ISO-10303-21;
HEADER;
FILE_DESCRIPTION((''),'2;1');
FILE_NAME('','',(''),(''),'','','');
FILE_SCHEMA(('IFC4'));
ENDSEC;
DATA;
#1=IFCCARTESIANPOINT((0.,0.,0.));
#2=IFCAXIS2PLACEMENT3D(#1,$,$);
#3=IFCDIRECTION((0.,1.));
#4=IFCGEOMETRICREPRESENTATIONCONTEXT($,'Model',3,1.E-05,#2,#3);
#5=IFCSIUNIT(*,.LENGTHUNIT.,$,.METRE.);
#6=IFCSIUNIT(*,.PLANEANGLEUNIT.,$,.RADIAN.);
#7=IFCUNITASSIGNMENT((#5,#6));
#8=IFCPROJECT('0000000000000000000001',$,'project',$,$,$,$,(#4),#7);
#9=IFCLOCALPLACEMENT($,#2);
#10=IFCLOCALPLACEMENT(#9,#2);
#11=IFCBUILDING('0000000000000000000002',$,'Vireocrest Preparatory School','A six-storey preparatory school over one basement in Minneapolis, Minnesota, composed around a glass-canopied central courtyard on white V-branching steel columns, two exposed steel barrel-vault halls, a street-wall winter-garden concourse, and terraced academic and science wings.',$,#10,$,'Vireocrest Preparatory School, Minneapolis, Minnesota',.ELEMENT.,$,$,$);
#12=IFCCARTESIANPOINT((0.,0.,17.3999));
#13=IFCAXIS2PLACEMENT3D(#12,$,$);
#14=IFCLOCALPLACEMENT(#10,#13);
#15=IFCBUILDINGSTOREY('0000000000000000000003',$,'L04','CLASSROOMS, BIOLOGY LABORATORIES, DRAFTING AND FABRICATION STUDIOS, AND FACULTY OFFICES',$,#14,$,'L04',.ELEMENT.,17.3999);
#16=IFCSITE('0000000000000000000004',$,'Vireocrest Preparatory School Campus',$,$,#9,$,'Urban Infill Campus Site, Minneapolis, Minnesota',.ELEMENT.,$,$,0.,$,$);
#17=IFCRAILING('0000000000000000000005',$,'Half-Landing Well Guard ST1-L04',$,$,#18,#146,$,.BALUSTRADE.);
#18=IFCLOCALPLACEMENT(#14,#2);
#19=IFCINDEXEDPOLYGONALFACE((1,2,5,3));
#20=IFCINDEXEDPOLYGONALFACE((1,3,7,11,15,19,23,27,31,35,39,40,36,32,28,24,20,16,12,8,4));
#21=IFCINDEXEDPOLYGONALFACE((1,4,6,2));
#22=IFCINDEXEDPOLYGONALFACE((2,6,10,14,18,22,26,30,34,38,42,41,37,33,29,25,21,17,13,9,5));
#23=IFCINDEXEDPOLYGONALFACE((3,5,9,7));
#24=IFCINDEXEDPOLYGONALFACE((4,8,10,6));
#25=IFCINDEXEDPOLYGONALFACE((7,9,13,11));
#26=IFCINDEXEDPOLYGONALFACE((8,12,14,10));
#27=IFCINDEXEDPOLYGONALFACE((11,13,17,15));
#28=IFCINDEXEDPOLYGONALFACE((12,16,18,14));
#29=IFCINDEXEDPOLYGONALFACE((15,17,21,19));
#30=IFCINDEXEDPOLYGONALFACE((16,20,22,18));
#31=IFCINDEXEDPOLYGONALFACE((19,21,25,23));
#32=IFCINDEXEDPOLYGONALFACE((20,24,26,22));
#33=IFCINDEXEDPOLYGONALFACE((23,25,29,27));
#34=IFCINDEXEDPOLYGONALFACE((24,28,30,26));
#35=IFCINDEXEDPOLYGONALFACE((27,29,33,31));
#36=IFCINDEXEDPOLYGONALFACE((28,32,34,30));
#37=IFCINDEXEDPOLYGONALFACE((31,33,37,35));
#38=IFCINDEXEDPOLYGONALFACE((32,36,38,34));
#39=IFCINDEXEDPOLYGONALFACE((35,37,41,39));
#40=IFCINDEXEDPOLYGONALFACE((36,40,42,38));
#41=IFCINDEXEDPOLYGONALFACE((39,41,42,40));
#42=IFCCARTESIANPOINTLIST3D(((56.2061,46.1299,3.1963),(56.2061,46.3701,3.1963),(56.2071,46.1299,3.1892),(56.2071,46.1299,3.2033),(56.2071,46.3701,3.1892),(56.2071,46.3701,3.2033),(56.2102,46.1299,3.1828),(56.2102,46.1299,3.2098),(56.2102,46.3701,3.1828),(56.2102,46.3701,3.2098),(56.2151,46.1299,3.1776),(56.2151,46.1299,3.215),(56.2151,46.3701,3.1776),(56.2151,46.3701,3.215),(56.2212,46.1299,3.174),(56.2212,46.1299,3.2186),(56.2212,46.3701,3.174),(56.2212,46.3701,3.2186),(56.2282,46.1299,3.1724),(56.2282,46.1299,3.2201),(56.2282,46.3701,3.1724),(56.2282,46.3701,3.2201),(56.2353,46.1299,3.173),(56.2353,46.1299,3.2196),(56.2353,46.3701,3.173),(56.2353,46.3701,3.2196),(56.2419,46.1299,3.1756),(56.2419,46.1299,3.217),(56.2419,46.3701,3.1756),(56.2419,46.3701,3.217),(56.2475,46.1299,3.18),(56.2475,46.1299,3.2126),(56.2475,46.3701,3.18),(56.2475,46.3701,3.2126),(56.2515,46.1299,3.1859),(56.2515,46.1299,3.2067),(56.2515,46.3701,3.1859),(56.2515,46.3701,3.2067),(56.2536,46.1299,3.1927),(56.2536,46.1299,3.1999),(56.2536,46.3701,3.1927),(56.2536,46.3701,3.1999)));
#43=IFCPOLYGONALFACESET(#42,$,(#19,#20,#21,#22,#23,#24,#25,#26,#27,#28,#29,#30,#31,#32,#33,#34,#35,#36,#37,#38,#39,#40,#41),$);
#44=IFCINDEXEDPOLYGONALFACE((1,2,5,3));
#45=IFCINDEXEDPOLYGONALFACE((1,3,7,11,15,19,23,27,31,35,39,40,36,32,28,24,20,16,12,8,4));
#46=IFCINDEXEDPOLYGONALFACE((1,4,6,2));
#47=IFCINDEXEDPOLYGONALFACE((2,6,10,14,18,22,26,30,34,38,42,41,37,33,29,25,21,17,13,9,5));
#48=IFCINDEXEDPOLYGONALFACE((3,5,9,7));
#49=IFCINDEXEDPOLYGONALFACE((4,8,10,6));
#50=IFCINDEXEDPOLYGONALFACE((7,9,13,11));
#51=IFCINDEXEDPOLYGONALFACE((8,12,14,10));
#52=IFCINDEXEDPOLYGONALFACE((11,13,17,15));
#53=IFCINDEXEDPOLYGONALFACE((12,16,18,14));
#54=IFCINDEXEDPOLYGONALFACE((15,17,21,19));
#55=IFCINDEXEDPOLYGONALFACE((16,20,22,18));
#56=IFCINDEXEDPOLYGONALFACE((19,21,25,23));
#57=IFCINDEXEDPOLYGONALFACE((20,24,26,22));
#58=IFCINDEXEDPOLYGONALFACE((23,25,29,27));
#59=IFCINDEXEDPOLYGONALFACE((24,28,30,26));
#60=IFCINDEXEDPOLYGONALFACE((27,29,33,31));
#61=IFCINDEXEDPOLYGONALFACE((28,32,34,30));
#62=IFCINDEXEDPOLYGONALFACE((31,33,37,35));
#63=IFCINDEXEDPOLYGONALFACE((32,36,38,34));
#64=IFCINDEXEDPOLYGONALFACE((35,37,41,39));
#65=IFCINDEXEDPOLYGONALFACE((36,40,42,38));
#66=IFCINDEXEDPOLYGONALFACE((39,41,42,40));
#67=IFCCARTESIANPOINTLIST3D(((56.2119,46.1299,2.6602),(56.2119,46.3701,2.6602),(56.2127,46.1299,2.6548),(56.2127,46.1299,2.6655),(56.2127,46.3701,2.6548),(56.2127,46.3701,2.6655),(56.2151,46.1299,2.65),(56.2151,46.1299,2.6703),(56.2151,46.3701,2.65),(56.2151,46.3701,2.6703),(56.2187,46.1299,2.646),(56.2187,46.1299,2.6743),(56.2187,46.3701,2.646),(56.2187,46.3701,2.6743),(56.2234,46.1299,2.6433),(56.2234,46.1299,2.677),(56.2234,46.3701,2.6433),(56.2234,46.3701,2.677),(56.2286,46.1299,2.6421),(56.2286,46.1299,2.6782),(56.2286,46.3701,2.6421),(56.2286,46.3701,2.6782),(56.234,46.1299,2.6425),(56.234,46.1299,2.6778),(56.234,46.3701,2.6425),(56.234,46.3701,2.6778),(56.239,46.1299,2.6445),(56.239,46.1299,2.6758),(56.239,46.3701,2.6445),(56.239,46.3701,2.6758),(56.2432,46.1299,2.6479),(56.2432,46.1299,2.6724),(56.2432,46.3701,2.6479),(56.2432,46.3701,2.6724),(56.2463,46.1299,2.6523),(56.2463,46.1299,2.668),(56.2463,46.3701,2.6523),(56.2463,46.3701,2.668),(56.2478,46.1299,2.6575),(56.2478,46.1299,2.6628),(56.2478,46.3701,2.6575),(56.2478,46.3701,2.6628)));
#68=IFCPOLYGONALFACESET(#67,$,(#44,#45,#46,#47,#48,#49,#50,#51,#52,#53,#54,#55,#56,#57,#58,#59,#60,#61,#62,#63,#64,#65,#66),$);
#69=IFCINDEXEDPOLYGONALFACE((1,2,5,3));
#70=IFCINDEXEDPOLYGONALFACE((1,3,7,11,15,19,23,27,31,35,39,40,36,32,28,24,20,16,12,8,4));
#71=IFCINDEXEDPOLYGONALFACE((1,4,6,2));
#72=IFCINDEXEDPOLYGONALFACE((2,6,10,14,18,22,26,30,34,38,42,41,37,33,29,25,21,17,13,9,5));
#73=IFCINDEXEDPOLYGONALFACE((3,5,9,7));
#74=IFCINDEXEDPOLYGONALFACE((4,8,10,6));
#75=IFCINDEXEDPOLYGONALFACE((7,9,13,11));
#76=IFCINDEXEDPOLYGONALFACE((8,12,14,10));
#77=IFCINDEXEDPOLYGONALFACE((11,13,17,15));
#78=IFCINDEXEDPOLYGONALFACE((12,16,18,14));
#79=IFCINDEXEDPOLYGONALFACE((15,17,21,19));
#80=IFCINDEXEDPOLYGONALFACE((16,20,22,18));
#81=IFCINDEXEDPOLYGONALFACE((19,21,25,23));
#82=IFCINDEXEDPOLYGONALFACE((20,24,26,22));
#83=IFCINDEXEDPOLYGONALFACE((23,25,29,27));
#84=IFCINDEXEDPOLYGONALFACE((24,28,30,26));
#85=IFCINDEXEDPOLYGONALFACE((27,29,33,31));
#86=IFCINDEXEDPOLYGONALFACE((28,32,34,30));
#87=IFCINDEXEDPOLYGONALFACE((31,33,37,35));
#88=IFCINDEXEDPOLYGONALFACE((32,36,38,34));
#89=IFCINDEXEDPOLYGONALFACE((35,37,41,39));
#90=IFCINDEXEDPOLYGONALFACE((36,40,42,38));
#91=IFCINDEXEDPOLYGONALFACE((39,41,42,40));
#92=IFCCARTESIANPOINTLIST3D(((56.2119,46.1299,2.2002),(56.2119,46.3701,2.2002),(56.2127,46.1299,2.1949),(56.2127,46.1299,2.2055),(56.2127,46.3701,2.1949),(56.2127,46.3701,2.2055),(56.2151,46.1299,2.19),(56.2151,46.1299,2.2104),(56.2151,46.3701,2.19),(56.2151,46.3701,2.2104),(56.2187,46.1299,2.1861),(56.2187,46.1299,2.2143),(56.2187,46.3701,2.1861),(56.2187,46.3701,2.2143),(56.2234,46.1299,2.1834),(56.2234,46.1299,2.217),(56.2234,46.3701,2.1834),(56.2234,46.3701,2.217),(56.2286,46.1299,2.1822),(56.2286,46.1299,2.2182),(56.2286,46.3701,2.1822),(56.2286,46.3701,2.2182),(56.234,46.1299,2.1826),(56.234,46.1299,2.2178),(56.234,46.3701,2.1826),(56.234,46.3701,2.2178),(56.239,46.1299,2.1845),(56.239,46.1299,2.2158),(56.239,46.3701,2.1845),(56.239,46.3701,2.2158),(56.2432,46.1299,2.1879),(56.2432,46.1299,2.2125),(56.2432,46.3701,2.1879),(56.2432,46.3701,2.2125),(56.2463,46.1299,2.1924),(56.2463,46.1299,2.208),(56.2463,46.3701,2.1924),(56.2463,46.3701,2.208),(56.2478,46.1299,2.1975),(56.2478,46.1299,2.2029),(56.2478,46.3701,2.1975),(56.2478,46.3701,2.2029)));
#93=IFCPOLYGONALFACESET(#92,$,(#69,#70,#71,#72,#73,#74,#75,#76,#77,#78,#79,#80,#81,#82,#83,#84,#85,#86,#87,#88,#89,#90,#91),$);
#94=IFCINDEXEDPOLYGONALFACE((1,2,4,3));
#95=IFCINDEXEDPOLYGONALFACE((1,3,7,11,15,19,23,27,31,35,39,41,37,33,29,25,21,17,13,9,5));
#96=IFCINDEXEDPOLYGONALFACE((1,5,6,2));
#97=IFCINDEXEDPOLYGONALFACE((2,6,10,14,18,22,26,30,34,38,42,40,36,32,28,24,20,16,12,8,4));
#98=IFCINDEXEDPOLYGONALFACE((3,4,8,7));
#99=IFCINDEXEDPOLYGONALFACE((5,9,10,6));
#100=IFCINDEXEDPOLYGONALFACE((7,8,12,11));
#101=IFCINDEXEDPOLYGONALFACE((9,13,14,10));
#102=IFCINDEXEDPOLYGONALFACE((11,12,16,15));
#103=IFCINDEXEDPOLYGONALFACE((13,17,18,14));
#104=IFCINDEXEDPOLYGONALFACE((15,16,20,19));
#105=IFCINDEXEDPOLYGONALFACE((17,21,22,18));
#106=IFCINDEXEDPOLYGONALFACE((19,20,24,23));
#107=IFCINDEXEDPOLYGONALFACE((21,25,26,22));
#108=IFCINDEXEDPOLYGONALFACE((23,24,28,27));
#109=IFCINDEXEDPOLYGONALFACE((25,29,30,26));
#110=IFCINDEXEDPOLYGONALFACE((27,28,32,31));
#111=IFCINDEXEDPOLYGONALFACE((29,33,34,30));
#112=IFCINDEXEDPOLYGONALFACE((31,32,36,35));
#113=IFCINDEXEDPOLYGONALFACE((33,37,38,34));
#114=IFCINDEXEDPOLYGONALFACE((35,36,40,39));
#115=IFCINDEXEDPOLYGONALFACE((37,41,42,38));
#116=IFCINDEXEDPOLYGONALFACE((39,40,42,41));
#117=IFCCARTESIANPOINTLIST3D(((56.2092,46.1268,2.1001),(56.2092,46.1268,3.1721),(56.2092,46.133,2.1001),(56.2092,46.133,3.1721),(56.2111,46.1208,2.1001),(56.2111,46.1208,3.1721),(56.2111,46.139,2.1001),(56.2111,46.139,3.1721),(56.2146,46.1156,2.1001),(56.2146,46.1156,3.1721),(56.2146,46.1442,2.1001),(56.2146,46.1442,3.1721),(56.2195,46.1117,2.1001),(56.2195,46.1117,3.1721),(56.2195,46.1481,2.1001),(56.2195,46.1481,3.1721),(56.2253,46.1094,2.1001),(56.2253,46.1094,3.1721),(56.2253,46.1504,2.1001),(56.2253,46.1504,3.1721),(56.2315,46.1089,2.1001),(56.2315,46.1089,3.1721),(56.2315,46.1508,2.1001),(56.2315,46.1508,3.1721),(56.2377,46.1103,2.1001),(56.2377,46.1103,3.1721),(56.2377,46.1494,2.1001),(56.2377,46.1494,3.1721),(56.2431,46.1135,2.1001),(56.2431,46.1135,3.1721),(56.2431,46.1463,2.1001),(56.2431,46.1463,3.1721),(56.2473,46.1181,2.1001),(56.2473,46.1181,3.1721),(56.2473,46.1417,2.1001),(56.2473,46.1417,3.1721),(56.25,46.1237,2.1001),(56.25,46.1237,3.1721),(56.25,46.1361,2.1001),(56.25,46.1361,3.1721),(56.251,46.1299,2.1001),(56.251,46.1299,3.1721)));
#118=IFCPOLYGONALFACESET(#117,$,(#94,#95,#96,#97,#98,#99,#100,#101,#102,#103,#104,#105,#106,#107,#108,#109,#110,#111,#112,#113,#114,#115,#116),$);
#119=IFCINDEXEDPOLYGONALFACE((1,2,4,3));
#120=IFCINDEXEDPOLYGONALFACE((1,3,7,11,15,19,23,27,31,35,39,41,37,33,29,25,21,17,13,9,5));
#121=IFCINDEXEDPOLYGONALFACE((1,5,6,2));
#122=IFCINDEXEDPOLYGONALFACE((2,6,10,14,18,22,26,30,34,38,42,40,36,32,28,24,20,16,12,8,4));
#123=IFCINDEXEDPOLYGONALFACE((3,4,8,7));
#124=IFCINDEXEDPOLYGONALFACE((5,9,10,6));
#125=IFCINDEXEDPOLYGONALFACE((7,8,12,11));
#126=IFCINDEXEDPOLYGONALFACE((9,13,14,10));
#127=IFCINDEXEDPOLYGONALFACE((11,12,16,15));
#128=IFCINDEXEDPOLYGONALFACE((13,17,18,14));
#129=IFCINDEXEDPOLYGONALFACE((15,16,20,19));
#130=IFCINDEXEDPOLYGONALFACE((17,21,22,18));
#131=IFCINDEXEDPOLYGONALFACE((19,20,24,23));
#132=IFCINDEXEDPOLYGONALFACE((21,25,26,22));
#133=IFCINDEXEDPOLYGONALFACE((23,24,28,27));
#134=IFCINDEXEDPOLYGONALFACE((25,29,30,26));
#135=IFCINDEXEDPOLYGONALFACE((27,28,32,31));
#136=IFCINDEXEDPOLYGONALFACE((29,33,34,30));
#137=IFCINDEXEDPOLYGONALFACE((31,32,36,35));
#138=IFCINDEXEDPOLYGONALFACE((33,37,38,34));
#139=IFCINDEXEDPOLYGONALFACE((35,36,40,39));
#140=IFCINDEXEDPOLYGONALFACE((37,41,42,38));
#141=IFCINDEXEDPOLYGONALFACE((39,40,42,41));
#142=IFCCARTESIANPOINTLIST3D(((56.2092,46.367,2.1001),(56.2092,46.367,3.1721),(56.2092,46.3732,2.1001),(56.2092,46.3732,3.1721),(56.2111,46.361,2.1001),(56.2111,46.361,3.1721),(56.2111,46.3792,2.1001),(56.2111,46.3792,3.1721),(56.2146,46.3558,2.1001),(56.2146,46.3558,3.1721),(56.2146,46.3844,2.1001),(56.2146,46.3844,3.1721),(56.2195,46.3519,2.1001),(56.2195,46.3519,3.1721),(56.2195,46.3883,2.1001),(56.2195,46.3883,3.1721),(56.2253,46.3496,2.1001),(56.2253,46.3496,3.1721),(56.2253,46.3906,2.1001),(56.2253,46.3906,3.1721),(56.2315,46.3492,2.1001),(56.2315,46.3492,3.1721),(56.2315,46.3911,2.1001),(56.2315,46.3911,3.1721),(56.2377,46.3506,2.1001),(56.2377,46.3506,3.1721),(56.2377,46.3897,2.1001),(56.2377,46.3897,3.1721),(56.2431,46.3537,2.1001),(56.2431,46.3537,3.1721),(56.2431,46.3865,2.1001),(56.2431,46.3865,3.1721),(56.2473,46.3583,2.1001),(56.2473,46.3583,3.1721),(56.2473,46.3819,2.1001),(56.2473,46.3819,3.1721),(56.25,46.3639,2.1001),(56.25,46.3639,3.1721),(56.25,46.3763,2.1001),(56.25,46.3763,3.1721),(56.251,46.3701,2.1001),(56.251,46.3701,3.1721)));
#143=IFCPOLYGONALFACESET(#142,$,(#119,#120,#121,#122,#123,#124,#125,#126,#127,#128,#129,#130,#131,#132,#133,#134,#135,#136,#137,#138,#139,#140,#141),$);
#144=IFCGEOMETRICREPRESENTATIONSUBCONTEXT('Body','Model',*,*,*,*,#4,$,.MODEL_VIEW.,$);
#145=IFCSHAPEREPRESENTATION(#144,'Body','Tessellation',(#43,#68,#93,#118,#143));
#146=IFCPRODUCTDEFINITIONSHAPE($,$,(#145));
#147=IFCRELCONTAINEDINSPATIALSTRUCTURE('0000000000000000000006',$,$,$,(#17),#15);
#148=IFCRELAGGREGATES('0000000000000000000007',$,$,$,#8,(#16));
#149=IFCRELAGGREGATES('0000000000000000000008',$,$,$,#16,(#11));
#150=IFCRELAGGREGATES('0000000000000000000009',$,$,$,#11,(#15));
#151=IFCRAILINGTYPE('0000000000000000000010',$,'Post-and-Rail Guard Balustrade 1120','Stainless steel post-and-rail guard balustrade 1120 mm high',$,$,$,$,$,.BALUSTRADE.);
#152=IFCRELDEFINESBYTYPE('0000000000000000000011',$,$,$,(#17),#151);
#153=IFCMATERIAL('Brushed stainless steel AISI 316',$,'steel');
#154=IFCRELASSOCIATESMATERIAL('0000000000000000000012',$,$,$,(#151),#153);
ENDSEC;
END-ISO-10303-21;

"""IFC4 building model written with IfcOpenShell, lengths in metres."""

from ifc_helpers import new_model, si_unit, direction, frame, origin, origin_2d, place, context, subcontext, project, spatial, circle, extrude, material, type_object, element, save


model = new_model("IFC4")

# Units and contexts
model_context = context("Model", 3, precision=1e-05, world=origin(), true_north=direction((0.0, 1.0)))
body_context = subcontext(model_context, "Body", "Model", "MODEL_VIEW")
ifc_project = project(units=[si_unit("LENGTHUNIT", "METRE"), si_unit("PLANEANGLEUNIT", "RADIAN")], contexts=[model_context])

# Site, building, storey
site_placement = place(None, origin())
site = spatial("IfcSite", under=ifc_project, at=site_placement, Name="Vireocrest Preparatory School Campus", LongName="Urban Infill Campus Site, Minneapolis, Minnesota", CompositionType="ELEMENT", RefElevation=0.0)
building_placement = place(site_placement, origin())
building = spatial("IfcBuilding", under=site, at=building_placement, Name="Vireocrest Preparatory School", Description="A six-storey preparatory school over one basement in Minneapolis, Minnesota, composed around a glass-canopied central courtyard on white V-branching steel columns, two exposed steel barrel-vault halls, a street-wall winter-garden concourse, and terraced academic and science wings.", LongName="Vireocrest Preparatory School, Minneapolis, Minnesota", CompositionType="ELEMENT")
storey_placement = place(building_placement, frame((0.0, 0.0, 17.3999)))
storey = spatial("IfcBuildingStorey", under=building, at=storey_placement, Name="L04", Description="CLASSROOMS, BIOLOGY LABORATORIES, DRAFTING AND FABRICATION STUDIOS, AND FACULTY OFFICES", LongName="L04", CompositionType="ELEMENT", Elevation=17.3999)

# Railing
ifc_material_1 = material(Name="Brushed stainless steel AISI 316", Category="steel")
railing_type_1 = type_object("IfcRailingType", Name="Post-and-Rail Guard Balustrade 1120", Description="Stainless steel post-and-rail guard balustrade 1120 mm high", PredefinedType="BALUSTRADE", material=ifc_material_1)
railing_1_placement = place(storey_placement, frame((56.23, 46.1299, 2.1001)))
element("IfcRailing", 1, at=railing_1_placement, inside=storey, type_object=railing_type_1, Name="Half-Landing Well Guard ST1-L04", PredefinedType="BALUSTRADE", context=body_context, shape_type="SweptSolid", body=[
    extrude(circle(Radius=0.0239, at=origin_2d()), frame((0.0, 0.0, 1.0962), z_axis=(0.0, 1.0, 0.0), x_axis=(-1.0, 0.0, 0.0)), (0.0, 0.0, 1.0), 0.2402),
    extrude(circle(Radius=0.0181, at=origin_2d()), frame((0.0, 0.0, 0.5601), z_axis=(0.0, 1.0, 0.0), x_axis=(-1.0, 0.0, 0.0)), (0.0, 0.0, 1.0), 0.2402),
    extrude(circle(Radius=0.0181, at=origin_2d()), frame((0.0, 0.0, 0.1001), z_axis=(0.0, 1.0, 0.0), x_axis=(-1.0, 0.0, 0.0)), (0.0, 0.0, 1.0), 0.2402),
    extrude(circle(Radius=0.021, at=origin_2d()), origin(), (0.0, 0.0, 1.0), 1.072),
    extrude(circle(Radius=0.021, at=origin_2d()), frame((0.0, 0.2402, 0.0)), (0.0, 0.0, 1.0), 1.072),
])

save(model, "model.ifc")
